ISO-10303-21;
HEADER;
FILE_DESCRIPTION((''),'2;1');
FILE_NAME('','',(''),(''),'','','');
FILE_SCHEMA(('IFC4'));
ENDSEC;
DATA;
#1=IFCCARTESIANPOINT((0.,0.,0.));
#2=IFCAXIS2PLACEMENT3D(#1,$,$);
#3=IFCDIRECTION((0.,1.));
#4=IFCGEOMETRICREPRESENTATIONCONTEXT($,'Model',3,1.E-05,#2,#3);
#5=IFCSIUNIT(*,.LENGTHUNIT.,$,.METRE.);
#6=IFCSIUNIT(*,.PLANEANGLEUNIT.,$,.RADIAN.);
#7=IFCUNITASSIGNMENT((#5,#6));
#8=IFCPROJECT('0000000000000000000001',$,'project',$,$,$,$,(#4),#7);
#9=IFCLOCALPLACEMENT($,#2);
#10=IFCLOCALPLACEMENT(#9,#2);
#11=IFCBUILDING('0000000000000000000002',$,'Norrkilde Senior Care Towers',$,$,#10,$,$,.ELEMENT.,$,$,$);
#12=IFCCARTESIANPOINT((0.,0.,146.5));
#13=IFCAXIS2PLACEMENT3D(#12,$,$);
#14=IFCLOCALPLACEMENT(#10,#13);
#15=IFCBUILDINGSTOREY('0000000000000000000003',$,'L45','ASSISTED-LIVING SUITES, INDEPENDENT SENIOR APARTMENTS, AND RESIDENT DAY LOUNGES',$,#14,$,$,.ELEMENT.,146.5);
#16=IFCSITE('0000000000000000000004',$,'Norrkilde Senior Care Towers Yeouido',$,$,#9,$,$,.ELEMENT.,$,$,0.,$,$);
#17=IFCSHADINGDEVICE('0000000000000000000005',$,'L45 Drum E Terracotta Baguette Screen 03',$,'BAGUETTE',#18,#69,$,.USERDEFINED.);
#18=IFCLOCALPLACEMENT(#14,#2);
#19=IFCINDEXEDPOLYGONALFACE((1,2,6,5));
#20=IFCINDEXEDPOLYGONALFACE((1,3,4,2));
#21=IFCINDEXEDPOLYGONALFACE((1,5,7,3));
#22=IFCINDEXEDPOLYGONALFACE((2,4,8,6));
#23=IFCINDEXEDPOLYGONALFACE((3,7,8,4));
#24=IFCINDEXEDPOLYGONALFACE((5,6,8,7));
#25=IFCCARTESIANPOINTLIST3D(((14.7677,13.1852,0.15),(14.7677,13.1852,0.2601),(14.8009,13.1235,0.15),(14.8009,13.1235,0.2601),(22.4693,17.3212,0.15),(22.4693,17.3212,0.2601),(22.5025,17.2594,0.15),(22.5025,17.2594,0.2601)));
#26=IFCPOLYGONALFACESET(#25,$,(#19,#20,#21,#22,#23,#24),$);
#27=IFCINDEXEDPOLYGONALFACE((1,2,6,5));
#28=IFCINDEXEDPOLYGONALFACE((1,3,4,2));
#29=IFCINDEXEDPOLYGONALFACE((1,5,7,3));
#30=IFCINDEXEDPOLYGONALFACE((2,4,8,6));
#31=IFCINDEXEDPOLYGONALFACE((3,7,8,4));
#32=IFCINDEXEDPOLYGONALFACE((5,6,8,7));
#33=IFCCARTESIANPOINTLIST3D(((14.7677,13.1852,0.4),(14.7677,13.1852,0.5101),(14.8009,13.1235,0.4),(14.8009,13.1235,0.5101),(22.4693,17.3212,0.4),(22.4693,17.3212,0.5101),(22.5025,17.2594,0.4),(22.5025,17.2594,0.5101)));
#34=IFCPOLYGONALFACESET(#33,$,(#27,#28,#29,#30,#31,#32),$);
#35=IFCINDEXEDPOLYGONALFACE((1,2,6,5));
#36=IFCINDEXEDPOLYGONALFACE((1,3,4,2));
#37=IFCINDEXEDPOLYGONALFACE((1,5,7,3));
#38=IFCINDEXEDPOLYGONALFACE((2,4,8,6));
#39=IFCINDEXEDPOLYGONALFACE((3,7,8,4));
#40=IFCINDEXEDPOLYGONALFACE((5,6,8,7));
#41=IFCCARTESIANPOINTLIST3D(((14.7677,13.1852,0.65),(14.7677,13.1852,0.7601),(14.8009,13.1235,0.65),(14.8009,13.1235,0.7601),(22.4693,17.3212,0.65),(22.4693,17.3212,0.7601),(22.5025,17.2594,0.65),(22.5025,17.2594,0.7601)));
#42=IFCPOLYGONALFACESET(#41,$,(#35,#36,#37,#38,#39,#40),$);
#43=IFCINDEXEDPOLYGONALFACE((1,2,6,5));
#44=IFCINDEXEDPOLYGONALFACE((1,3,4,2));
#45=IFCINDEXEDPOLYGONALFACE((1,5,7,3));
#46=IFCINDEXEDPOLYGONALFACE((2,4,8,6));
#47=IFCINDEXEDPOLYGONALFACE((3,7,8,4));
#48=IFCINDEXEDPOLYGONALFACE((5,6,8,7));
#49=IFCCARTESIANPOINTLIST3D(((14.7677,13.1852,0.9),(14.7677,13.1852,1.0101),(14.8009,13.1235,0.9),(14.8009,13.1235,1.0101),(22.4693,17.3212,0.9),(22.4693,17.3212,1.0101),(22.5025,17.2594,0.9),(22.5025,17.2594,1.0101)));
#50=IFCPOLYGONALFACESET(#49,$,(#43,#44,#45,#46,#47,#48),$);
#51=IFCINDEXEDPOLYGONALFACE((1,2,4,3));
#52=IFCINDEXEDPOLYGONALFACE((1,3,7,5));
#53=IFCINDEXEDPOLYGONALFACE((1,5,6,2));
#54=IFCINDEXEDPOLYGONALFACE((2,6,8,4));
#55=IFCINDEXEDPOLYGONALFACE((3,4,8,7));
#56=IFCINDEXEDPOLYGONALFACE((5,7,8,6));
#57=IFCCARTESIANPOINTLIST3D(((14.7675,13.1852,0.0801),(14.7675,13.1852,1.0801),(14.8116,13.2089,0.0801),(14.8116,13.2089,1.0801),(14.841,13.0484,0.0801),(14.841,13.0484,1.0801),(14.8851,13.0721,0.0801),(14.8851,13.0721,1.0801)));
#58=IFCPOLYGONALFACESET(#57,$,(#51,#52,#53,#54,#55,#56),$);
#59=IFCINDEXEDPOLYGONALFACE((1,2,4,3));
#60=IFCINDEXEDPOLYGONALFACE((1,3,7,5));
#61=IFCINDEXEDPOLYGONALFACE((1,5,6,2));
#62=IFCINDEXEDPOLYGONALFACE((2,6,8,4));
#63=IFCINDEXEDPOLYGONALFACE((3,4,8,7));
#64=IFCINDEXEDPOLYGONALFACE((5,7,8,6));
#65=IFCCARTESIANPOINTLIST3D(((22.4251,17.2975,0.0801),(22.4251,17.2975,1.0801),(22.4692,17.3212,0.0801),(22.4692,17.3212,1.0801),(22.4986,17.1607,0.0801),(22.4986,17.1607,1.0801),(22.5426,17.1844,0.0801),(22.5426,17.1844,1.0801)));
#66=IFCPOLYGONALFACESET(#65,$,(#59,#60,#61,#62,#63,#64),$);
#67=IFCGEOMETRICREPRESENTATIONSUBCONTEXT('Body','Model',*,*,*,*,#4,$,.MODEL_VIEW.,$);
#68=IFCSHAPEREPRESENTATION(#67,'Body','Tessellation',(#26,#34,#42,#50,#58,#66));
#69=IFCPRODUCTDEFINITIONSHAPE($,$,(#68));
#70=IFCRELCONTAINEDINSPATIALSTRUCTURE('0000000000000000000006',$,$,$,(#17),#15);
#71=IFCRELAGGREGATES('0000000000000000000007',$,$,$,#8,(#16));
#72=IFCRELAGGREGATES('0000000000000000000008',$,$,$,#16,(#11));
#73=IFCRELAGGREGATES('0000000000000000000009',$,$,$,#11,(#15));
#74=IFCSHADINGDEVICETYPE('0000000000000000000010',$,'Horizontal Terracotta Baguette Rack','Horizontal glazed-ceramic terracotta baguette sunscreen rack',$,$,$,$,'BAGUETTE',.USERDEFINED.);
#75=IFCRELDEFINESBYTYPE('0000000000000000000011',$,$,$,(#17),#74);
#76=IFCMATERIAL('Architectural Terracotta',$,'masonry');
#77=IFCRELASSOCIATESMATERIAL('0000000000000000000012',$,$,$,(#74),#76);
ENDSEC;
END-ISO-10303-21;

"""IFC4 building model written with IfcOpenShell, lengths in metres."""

from ifc_helpers import new_model, si_unit, direction, frame, origin, origin_2d, place, context, subcontext, project, spatial, rectangle, extrude, source, transform, mapped, material, type_object, type_shapes, element, save


model = new_model("IFC4")

# Units and contexts
model_context = context("Model", 3, precision=1e-05, world=origin(), true_north=direction((0.0, 1.0)))
body_context = subcontext(model_context, "Body", "Model", "MODEL_VIEW")
ifc_project = project(units=[si_unit("LENGTHUNIT", "METRE"), si_unit("PLANEANGLEUNIT", "RADIAN")], contexts=[model_context])

# Site, building, storey
site_placement = place(None, origin())
site = spatial("IfcSite", under=ifc_project, at=site_placement, Name="Norrkilde Senior Care Towers Yeouido", CompositionType="ELEMENT", RefElevation=0.0)
building_placement = place(site_placement, origin())
building = spatial("IfcBuilding", under=site, at=building_placement, Name="Norrkilde Senior Care Towers", CompositionType="ELEMENT")
storey_placement = place(building_placement, frame((0.0, 0.0, 146.5)))
storey = spatial("IfcBuildingStorey", under=building, at=storey_placement, Name="L45", Description="ASSISTED-LIVING SUITES, INDEPENDENT SENIOR APARTMENTS, AND RESIDENT DAY LOUNGES", CompositionType="ELEMENT", Elevation=146.5)

# Shading device
ifc_material_1 = material(Name="Architectural Terracotta", Category="masonry")
shading_device_type = type_object("IfcShadingDeviceType", Name="Horizontal Terracotta Baguette Rack", Description="Horizontal glazed-ceramic terracotta baguette sunscreen rack", ElementType="BAGUETTE", PredefinedType="USERDEFINED", material=ifc_material_1)
shared_shape_1 = source(origin(), body_context, "Body", "SweptSolid", [
    extrude(rectangle(XDim=0.0701, YDim=0.1101, at=origin_2d()), frame((0.0, 0.0901, 0.125), z_axis=(1.0, 0.0, 0.0), x_axis=(0.0, 1.0, 0.0)), (0.0, 0.0, 1.0), 8.7419),
    extrude(rectangle(XDim=0.0701, YDim=0.1101, at=origin_2d()), frame((0.0, 0.0901, 0.375), z_axis=(1.0, 0.0, 0.0), x_axis=(0.0, 1.0, 0.0)), (0.0, 0.0, 1.0), 8.7419),
    extrude(rectangle(XDim=0.0701, YDim=0.1101, at=origin_2d()), frame((0.0, 0.0901, 0.625), z_axis=(1.0, 0.0, 0.0), x_axis=(0.0, 1.0, 0.0)), (0.0, 0.0, 1.0), 8.7419),
    extrude(rectangle(XDim=0.0701, YDim=0.1101, at=origin_2d()), frame((0.0, 0.0901, 0.875), z_axis=(1.0, 0.0, 0.0), x_axis=(0.0, 1.0, 0.0)), (0.0, 0.0, 1.0), 8.7419),
    extrude(rectangle(XDim=0.05, YDim=0.1553, at=origin_2d()), frame((0.0249, 0.0476, 0.0)), (0.0, 0.0, 1.0), 1.0),
    extrude(rectangle(XDim=0.05, YDim=0.1553, at=origin_2d()), frame((8.7168, 0.0476, 0.0)), (0.0, 0.0, 1.0), 1.0),
])
type_shapes(shading_device_type, [shared_shape_1])
shading_device_placement = place(storey_placement, frame((14.8269, 13.075, 0.0801), z_axis=(0.0, 0.0, 1.0), x_axis=(0.881001, 0.47312, 0.0)))
element("IfcShadingDevice", 1, at=shading_device_placement, inside=storey, type_object=shading_device_type, Name="L45 Drum E Terracotta Baguette Screen 03", ObjectType="BAGUETTE", PredefinedType="USERDEFINED", context=body_context, shape_type="MappedRepresentation", body=[
    mapped(shared_shape_1, transform((0.0, 0.0, 0.0), x_axis=(1.0, 0.0, 0.0), y_axis=(0.0, 1.0, 0.0), z_axis=(0.0, 0.0, 1.0), scale=1.0)),
])

save(model, "model.ifc")
